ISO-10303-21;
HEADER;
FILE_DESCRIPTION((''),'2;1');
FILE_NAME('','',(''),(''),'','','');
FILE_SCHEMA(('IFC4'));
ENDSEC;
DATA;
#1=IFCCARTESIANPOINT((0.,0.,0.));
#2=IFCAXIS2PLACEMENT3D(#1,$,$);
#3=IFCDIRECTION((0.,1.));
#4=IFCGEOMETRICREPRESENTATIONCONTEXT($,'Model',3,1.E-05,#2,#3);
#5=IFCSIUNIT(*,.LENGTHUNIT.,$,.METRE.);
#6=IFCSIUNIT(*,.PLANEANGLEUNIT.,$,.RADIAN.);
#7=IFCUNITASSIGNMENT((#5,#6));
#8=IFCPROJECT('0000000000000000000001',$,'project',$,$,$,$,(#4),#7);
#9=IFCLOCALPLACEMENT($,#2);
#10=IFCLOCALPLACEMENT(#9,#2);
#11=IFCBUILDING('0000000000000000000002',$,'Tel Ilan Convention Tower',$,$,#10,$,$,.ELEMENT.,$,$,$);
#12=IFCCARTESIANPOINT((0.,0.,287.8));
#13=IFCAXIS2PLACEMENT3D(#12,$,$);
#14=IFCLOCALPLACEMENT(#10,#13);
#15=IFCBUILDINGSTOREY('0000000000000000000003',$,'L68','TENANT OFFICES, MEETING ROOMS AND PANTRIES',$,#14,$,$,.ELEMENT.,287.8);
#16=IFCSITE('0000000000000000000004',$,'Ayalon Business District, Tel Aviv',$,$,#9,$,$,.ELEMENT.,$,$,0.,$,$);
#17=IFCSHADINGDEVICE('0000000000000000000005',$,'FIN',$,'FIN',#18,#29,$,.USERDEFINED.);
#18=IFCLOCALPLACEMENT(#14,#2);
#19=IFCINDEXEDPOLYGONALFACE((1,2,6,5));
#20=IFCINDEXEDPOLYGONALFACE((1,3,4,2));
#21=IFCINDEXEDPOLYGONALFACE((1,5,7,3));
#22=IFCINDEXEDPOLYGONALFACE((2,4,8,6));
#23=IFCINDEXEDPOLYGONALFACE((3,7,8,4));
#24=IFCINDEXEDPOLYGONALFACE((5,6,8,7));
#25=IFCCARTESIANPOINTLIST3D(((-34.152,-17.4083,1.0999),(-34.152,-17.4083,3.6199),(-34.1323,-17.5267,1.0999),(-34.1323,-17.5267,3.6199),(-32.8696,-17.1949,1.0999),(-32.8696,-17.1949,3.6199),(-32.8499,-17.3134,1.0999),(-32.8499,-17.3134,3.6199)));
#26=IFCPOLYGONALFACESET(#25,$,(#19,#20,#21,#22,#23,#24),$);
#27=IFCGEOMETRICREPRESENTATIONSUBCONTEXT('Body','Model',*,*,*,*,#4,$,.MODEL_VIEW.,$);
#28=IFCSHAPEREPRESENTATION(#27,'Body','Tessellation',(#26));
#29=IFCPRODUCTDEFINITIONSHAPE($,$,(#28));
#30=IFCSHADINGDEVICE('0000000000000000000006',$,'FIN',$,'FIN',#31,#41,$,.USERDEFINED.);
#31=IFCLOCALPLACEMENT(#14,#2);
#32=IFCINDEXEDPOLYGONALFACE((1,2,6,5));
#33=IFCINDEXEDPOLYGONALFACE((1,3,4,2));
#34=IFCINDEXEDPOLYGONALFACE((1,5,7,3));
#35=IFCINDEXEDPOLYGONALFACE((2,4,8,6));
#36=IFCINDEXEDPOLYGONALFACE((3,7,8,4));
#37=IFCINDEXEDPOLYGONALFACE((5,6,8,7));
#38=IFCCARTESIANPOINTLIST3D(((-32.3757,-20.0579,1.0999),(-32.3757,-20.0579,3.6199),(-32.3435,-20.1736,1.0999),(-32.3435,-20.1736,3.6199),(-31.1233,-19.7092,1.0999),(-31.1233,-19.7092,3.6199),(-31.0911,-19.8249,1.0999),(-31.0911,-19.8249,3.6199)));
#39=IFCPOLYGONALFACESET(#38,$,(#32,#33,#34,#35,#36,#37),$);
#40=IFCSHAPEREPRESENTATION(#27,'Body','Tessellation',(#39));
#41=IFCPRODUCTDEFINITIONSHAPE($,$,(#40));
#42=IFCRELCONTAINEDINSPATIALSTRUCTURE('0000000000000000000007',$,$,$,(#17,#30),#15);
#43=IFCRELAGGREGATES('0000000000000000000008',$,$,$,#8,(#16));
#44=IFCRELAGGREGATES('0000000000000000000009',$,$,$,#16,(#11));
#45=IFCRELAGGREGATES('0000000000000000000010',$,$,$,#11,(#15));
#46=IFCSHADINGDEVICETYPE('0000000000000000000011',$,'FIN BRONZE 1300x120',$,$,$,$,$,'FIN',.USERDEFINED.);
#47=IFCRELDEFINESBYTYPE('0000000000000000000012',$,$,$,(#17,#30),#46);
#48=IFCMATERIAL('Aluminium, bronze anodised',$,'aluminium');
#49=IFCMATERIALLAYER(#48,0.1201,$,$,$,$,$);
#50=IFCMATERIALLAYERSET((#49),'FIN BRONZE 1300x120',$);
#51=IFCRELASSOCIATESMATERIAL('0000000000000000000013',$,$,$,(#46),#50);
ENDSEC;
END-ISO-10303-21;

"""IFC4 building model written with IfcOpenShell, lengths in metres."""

from ifc_helpers import new_model, si_unit, direction, frame, origin, origin_2d, place, context, subcontext, project, spatial, rectangle, extrude, material, layer, layer_set, type_object, element, save


model = new_model("IFC4")

# Units and contexts
model_context = context("Model", 3, precision=1e-05, world=origin(), true_north=direction((0.0, 1.0)))
body_context = subcontext(model_context, "Body", "Model", "MODEL_VIEW")
ifc_project = project(units=[si_unit("LENGTHUNIT", "METRE"), si_unit("PLANEANGLEUNIT", "RADIAN")], contexts=[model_context])

# Site, building, storey
site_placement = place(None, origin())
site = spatial("IfcSite", under=ifc_project, at=site_placement, Name="Ayalon Business District, Tel Aviv", CompositionType="ELEMENT", RefElevation=0.0)
building_placement = place(site_placement, origin())
building = spatial("IfcBuilding", under=site, at=building_placement, Name="Tel Ilan Convention Tower", CompositionType="ELEMENT")
storey_placement = place(building_placement, frame((0.0, 0.0, 287.8)))
storey = spatial("IfcBuildingStorey", under=building, at=storey_placement, Name="L68", Description="TENANT OFFICES, MEETING ROOMS AND PANTRIES", CompositionType="ELEMENT", Elevation=287.8)

# Shading devices
ifc_material_1 = material(Name="Aluminium, bronze anodised", Category="aluminium")
ifc_layer_1 = layer(ifc_material_1, 0.1201)
ifc_layer_set_1 = layer_set([ifc_layer_1], Name="FIN BRONZE 1300x120")
shading_device_type = type_object("IfcShadingDeviceType", Name="FIN BRONZE 1300x120", ElementType="FIN", PredefinedType="USERDEFINED", material=ifc_layer_set_1)
for number, where, z_axis, x_axis, name in (
    (1, (-33.501, -17.3608, 1.0999), (0.0, 0.0, 1.0), (-0.986445, -0.164091, 0.0), "FIN"),
    (2, (-31.7334, -19.9414, 1.0999), (0.0, 0.0, 1.0), (-0.963371, -0.268173, 0.0), "FIN"),
):
    element("IfcShadingDevice", number, at=place(storey_placement, frame(where, z_axis=z_axis, x_axis=x_axis)), inside=storey, type_object=shading_device_type, Name=name, ObjectType="FIN", PredefinedType="USERDEFINED", context=body_context, shape_type="SweptSolid", body=[
        extrude(rectangle(XDim=1.3, YDim=0.1201, at=origin_2d()), origin(), (0.0, 0.0, 1.0), 2.52),
    ])

save(model, "model.ifc")
